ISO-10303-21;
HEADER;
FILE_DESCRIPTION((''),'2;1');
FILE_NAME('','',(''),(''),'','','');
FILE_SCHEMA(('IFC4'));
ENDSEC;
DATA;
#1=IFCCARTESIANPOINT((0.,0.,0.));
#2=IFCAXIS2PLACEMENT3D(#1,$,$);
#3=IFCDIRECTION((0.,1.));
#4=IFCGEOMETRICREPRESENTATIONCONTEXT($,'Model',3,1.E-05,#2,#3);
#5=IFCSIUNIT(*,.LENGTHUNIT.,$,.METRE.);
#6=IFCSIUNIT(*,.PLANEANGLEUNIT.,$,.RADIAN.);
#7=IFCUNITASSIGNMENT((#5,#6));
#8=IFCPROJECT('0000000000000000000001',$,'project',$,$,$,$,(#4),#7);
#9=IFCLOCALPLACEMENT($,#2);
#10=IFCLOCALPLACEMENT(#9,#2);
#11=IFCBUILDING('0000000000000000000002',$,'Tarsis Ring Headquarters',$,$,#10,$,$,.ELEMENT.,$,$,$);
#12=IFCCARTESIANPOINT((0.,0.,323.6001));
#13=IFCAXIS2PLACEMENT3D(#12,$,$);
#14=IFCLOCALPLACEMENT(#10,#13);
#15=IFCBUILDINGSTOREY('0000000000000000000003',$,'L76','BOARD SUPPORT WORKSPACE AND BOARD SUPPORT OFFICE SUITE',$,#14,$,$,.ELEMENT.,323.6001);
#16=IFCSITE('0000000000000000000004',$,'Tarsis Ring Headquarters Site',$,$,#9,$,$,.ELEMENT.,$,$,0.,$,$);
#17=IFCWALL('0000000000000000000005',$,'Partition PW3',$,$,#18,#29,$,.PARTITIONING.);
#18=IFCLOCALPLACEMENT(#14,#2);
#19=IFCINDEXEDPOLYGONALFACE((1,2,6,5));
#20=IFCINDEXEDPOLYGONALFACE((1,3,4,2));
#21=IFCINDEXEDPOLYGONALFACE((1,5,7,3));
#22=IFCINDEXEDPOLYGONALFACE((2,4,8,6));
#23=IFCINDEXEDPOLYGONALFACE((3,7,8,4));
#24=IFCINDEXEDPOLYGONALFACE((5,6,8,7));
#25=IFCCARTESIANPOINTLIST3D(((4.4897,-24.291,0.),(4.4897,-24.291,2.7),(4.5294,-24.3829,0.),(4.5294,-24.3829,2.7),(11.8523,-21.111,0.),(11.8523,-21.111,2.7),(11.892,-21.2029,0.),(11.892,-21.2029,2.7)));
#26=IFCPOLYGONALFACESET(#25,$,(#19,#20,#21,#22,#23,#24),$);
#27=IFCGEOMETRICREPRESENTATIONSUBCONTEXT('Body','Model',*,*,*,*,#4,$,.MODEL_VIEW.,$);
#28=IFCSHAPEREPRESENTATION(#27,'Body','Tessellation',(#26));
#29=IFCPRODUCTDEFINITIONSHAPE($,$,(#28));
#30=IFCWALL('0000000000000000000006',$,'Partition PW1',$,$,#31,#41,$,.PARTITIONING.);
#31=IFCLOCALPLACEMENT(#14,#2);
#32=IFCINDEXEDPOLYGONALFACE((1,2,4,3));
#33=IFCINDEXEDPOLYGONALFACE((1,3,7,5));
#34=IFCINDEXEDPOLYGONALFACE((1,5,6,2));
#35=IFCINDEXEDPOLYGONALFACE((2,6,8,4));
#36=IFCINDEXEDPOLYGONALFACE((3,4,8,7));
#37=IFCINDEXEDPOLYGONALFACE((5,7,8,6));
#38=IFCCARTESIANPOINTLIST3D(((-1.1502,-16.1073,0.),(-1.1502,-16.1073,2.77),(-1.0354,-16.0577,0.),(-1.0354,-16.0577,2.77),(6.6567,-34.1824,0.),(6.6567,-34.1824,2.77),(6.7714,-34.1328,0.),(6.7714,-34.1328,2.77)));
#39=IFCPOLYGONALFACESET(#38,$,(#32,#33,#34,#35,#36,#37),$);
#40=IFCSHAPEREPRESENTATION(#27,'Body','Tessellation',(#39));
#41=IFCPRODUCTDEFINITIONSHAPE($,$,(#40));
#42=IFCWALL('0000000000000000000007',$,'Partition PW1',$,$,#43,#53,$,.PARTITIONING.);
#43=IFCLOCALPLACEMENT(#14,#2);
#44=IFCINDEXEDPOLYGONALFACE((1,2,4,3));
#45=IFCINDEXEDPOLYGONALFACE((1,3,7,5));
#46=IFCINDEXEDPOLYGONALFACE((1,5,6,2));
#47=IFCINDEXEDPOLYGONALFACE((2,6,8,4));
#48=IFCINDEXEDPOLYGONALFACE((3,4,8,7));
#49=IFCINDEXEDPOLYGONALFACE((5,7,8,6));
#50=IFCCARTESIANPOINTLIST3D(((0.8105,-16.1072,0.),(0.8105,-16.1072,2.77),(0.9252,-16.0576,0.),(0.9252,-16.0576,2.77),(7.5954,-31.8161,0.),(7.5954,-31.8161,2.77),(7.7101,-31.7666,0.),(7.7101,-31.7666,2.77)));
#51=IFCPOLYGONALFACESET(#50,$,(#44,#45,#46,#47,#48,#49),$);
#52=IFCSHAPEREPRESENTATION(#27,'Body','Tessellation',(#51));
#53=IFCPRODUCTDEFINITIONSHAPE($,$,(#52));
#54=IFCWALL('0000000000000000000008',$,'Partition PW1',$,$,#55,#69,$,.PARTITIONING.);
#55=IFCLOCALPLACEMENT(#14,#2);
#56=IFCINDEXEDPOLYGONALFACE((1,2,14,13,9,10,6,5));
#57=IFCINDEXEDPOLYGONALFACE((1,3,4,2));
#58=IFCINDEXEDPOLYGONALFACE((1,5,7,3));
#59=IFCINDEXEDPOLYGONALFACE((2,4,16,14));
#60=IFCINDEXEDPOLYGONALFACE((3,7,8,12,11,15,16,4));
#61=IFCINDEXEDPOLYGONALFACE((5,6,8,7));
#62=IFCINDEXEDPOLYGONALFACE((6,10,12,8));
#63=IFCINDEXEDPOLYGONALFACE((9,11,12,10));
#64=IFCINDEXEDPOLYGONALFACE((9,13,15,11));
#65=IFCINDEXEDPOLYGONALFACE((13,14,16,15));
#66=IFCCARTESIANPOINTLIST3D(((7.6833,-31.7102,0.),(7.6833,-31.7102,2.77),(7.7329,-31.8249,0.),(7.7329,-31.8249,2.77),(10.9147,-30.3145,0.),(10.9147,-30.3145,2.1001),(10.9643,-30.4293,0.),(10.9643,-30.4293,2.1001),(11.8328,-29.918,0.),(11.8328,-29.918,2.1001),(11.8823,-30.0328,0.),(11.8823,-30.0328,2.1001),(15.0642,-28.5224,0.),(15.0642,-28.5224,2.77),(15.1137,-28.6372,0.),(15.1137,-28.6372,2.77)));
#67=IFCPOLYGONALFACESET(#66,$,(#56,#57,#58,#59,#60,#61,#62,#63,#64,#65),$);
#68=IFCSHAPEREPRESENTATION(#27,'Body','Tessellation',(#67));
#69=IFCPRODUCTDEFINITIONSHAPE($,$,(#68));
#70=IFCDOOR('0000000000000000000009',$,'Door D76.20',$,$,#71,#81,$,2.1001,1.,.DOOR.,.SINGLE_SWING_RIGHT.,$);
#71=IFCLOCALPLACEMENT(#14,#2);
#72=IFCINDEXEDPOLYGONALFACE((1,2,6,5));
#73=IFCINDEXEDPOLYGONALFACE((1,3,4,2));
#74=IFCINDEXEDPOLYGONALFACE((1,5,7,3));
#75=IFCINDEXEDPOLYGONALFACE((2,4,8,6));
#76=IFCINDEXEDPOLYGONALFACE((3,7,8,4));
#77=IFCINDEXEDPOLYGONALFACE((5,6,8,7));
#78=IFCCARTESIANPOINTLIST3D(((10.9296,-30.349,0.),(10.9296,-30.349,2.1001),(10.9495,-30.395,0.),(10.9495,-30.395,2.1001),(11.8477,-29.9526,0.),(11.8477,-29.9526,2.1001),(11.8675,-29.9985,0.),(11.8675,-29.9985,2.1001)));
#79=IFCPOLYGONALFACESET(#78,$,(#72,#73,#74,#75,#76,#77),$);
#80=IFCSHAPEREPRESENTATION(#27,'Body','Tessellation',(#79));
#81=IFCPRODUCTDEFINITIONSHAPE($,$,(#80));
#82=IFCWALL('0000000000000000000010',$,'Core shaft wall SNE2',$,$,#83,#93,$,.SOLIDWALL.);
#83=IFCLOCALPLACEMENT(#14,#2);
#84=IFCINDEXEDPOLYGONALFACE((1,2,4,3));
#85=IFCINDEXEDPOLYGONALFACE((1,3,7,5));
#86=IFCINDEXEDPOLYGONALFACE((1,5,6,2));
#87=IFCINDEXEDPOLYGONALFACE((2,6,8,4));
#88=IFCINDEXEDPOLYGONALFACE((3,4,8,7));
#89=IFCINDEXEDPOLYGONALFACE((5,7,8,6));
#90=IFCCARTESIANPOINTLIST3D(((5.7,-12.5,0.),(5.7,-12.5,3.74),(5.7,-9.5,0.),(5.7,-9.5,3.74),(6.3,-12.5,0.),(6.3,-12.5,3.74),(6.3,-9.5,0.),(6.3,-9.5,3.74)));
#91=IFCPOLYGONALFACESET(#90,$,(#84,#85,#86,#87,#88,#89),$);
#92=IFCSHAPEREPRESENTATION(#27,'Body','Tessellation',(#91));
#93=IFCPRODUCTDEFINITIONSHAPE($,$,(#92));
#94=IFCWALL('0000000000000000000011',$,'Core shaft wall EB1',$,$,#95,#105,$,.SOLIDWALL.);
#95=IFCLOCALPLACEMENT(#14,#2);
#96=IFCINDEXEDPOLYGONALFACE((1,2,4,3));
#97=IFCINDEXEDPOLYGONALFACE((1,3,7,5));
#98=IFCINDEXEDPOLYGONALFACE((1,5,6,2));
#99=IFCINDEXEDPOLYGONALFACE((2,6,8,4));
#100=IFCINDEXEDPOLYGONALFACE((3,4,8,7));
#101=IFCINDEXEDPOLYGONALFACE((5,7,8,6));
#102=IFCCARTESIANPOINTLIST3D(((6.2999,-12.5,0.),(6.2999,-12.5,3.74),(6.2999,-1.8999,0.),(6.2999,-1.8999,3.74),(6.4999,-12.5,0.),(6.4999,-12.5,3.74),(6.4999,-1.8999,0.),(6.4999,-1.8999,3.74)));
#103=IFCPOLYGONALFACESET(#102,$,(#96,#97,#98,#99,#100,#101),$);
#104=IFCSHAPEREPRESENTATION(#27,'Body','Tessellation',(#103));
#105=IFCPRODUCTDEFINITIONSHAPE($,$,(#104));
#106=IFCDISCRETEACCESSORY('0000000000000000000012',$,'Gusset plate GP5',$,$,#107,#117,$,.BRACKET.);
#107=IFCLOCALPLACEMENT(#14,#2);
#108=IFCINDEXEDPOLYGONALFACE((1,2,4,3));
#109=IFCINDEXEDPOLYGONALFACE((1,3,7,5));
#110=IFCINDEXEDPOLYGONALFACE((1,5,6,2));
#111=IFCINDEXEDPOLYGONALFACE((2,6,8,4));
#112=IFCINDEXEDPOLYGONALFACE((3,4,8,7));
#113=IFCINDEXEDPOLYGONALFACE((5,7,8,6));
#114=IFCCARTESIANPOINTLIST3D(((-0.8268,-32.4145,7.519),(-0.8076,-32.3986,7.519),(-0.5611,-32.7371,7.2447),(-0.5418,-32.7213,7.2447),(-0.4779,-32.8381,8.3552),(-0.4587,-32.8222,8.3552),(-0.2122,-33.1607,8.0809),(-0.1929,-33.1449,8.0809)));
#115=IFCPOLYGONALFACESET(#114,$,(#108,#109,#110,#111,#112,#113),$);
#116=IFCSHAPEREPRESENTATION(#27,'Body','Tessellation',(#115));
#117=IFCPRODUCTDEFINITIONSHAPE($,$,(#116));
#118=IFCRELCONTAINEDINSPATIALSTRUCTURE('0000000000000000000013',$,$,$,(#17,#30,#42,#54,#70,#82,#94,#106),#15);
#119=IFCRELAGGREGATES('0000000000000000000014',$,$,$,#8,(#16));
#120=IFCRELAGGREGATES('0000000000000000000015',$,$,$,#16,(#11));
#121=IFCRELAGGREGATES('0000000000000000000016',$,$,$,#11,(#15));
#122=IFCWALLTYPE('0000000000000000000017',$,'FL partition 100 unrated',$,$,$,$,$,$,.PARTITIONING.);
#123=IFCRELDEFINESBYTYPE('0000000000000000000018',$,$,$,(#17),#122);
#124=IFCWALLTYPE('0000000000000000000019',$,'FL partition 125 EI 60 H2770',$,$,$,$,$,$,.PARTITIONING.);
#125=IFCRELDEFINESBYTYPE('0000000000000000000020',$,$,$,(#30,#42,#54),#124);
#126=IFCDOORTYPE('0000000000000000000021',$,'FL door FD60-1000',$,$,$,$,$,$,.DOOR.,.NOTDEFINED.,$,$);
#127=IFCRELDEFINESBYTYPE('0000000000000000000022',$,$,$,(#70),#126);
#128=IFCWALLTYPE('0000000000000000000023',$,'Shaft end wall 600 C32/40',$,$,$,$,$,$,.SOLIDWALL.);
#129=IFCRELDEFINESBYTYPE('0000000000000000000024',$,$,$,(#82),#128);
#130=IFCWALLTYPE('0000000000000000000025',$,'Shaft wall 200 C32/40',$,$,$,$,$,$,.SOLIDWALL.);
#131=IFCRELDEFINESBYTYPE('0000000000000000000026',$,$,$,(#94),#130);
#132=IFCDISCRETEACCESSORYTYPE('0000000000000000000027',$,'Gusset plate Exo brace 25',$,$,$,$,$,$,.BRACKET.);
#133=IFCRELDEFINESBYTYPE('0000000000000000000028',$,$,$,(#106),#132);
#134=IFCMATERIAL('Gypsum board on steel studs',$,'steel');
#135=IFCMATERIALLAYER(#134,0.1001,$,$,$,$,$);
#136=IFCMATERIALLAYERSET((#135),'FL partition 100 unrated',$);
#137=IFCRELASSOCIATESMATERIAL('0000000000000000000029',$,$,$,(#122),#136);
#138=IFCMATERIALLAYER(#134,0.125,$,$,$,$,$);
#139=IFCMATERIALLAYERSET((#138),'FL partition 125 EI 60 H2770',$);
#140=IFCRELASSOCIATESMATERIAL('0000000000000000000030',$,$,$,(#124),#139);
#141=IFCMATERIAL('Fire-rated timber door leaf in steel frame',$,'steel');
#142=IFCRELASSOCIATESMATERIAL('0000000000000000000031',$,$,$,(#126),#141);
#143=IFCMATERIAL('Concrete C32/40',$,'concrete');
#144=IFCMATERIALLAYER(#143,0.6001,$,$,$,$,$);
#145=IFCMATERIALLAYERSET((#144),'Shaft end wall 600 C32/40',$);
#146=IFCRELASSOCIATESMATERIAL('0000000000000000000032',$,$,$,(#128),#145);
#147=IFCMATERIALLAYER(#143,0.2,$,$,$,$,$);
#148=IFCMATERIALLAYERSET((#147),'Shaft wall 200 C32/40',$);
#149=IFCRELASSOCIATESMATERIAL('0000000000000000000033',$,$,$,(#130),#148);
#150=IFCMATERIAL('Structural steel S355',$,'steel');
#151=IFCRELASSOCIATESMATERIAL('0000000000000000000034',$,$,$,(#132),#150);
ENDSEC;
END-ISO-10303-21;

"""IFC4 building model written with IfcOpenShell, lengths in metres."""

from ifc_helpers import new_model, si_unit, direction, frame, frame_2d, origin, origin_2d, place, context, subcontext, project, spatial, rectangle, extrude, material, layer, layer_set, material_profile, profile_set, type_object, element, fill, save


model = new_model("IFC4")

# Units and contexts
model_context = context("Model", 3, precision=1e-05, world=origin(), true_north=direction((0.0, 1.0)))
body_context = subcontext(model_context, "Body", "Model", "MODEL_VIEW")
ifc_project = project(units=[si_unit("LENGTHUNIT", "METRE"), si_unit("PLANEANGLEUNIT", "RADIAN")], contexts=[model_context])

# Site, building, storey
site_placement = place(None, origin())
site = spatial("IfcSite", under=ifc_project, at=site_placement, Name="Tarsis Ring Headquarters Site", CompositionType="ELEMENT", RefElevation=0.0)
building_placement = place(site_placement, origin())
building = spatial("IfcBuilding", under=site, at=building_placement, Name="Tarsis Ring Headquarters", CompositionType="ELEMENT")
storey_placement = place(building_placement, frame((0.0, 0.0, 323.6001)))
storey = spatial("IfcBuildingStorey", under=building, at=storey_placement, Name="L76", Description="BOARD SUPPORT WORKSPACE AND BOARD SUPPORT OFFICE SUITE", CompositionType="ELEMENT", Elevation=323.6001)

# Walls
ifc_material_1 = material(Name="Gypsum board on steel studs", Category="steel")
ifc_layer_1 = layer(ifc_material_1, 0.1001)
ifc_layer_set_1 = layer_set([ifc_layer_1], Name="FL partition 100 unrated")
wall_type_1 = type_object("IfcWallType", Name="FL partition 100 unrated", PredefinedType="PARTITIONING", material=ifc_layer_set_1)
wall_1_placement = place(storey_placement, frame((4.5095, -24.3369, 0.0), z_axis=(0.0, 0.0, 1.0), x_axis=(0.918033, 0.396504, 0.0)))
element("IfcWall", 1, at=wall_1_placement, inside=storey, type_object=wall_type_1, Name="Partition PW3", PredefinedType="PARTITIONING", context=body_context, shape_type="SweptSolid", body=[
    extrude(rectangle(XDim=8.02, YDim=0.1001, at=frame_2d((4.01, 0.0))), origin(), (0.0, 0.0, 1.0), 2.7),
])
ifc_layer_2 = layer(ifc_material_1, 0.125)
ifc_layer_set_2 = layer_set([ifc_layer_2], Name="FL partition 125 EI 60 H2770")
wall_type_2 = type_object("IfcWallType", Name="FL partition 125 EI 60 H2770", PredefinedType="PARTITIONING", material=ifc_layer_set_2)
wall_2_placement = place(storey_placement, frame((-1.0928, -16.0825, 0.0), z_axis=(0.0, 0.0, 1.0), x_axis=(0.396508, -0.918031, 0.0)))
element("IfcWall", 2, at=wall_2_placement, inside=storey, type_object=wall_type_2, Name="Partition PW1", PredefinedType="PARTITIONING", context=body_context, shape_type="SweptSolid", body=[
    extrude(rectangle(XDim=19.689, YDim=0.125, at=frame_2d((9.8445, 0.0))), origin(), (0.0, 0.0, 1.0), 2.77),
])
wall_3_placement = place(storey_placement, frame((0.8679, -16.0825, 0.0), z_axis=(0.0, 0.0, 1.0), x_axis=(0.396509, -0.918031, 0.0)))
element("IfcWall", 3, at=wall_3_placement, inside=storey, type_object=wall_type_2, Name="Partition PW1", PredefinedType="PARTITIONING", context=body_context, shape_type="SweptSolid", body=[
    extrude(rectangle(XDim=17.1116, YDim=0.125, at=frame_2d((8.5557, 0.0))), origin(), (0.0, 0.0, 1.0), 2.77),
])

# Wall, opening, door
wall_4_placement = place(storey_placement, frame((7.708, -31.7676, 0.0), z_axis=(0.0, 0.0, 1.0), x_axis=(0.918037, 0.396494, 0.0)))
wall_4 = element("IfcWall", 4, at=wall_4_placement, inside=storey, type_object=wall_type_2, Name="Partition PW1", PredefinedType="PARTITIONING", context=body_context, shape_type="SweptSolid", body=[
    extrude(rectangle(XDim=8.0398, YDim=0.125, at=frame_2d((4.02, 0.0))), origin(), (0.0, 0.0, 1.0), 2.77),
])
opening_1_placement = place(wall_4_placement, frame((3.52, 0.0, 0.0)))
opening_1 = element("IfcOpeningElement", 5, at=opening_1_placement, cuts=wall_4, PredefinedType="OPENING", context=body_context, shape_type="SweptSolid", body=[
    extrude(rectangle(XDim=1.0, YDim=2.1001, at=frame_2d((0.5, 1.05))), frame((0.0, 0.0725, 0.0), z_axis=(0.0, -1.0, 0.0), x_axis=(1.0, 0.0, 0.0)), (0.0, 0.0, 1.0), 0.145),
])
ifc_material_2 = material(Name="Fire-rated timber door leaf in steel frame", Category="steel")
door_type_1 = type_object("IfcDoorType", Name="FL door FD60-1000", OperationType="NOTDEFINED", PredefinedType="DOOR", material=ifc_material_2)
door_1_placement = place(opening_1_placement, origin())
door_1 = element("IfcDoor", 6, at=door_1_placement, inside=storey, type_object=door_type_1, Name="Door D76.20", OperationType="SINGLE_SWING_RIGHT", OverallHeight=2.1001, OverallWidth=1.0, PredefinedType="DOOR", context=body_context, shape_type="SweptSolid", body=[
    extrude(rectangle(XDim=1.0, YDim=2.1001, at=frame_2d((0.5, 1.05))), frame((0.0, 0.0249, 0.0), z_axis=(0.0, -1.0, 0.0), x_axis=(1.0, 0.0, 0.0)), (0.0, 0.0, 1.0), 0.05),
])
fill(opening_1, door_1)

# Walls
ifc_material_3 = material(Name="Concrete C32/40", Category="concrete")
ifc_layer_3 = layer(ifc_material_3, 0.6001)
ifc_layer_set_3 = layer_set([ifc_layer_3], Name="Shaft end wall 600 C32/40")
wall_type_3 = type_object("IfcWallType", Name="Shaft end wall 600 C32/40", PredefinedType="SOLIDWALL", material=ifc_layer_set_3)
wall_5_placement = place(storey_placement, frame((6.0, -12.5, 0.0), z_axis=(0.0, 0.0, 1.0), x_axis=(0.0, 1.0, 0.0)))
element("IfcWall", 7, at=wall_5_placement, inside=storey, type_object=wall_type_3, Name="Core shaft wall SNE2", PredefinedType="SOLIDWALL", context=body_context, shape_type="SweptSolid", body=[
    extrude(rectangle(XDim=3.0, YDim=0.6001, at=frame_2d((1.5, 0.0))), origin(), (0.0, 0.0, 1.0), 3.74),
])
ifc_layer_4 = layer(ifc_material_3, 0.2)
ifc_layer_set_4 = layer_set([ifc_layer_4], Name="Shaft wall 200 C32/40")
wall_type_4 = type_object("IfcWallType", Name="Shaft wall 200 C32/40", PredefinedType="SOLIDWALL", material=ifc_layer_set_4)
wall_6_placement = place(storey_placement, frame((6.3999, -12.5, 0.0), z_axis=(0.0, 0.0, 1.0), x_axis=(0.0, 1.0, 0.0)))
element("IfcWall", 8, at=wall_6_placement, inside=storey, type_object=wall_type_4, Name="Core shaft wall EB1", PredefinedType="SOLIDWALL", context=body_context, shape_type="SweptSolid", body=[
    extrude(rectangle(XDim=10.6001, YDim=0.2, at=frame_2d((5.3, 0.0))), origin(), (0.0, 0.0, 1.0), 3.74),
])

# Discrete accessory
ifc_material_4 = material(Name="Structural steel S355", Category="steel")
ifc_material_profile = material_profile(ifc_material_4, rectangle(XDim=0.0249, YDim=0.5, at=origin_2d()), Name="PL 25x500")
ifc_profile_set = profile_set([ifc_material_profile], Name="Structural steel S355")
discrete_accessory_type = type_object("IfcDiscreteAccessoryType", Name="Gusset plate Exo brace 25", PredefinedType="BRACKET", material=ifc_profile_set)
discrete_accessory_placement = place(storey_placement, frame((-0.6843, -32.5679, 7.3818), z_axis=(0.348818, -0.423512, 0.83604), x_axis=(0.771892, 0.635754, 0.0)))
element("IfcDiscreteAccessory", 9, at=discrete_accessory_placement, inside=storey, type_object=discrete_accessory_type, Name="Gusset plate GP5", PredefinedType="BRACKET", context=body_context, shape_type="SweptSolid", body=[
    extrude(rectangle(XDim=0.0249, YDim=0.5, at=origin_2d()), origin(), (0.0, 0.0, 1.0), 1.0002),
])

save(model, "model.ifc")
